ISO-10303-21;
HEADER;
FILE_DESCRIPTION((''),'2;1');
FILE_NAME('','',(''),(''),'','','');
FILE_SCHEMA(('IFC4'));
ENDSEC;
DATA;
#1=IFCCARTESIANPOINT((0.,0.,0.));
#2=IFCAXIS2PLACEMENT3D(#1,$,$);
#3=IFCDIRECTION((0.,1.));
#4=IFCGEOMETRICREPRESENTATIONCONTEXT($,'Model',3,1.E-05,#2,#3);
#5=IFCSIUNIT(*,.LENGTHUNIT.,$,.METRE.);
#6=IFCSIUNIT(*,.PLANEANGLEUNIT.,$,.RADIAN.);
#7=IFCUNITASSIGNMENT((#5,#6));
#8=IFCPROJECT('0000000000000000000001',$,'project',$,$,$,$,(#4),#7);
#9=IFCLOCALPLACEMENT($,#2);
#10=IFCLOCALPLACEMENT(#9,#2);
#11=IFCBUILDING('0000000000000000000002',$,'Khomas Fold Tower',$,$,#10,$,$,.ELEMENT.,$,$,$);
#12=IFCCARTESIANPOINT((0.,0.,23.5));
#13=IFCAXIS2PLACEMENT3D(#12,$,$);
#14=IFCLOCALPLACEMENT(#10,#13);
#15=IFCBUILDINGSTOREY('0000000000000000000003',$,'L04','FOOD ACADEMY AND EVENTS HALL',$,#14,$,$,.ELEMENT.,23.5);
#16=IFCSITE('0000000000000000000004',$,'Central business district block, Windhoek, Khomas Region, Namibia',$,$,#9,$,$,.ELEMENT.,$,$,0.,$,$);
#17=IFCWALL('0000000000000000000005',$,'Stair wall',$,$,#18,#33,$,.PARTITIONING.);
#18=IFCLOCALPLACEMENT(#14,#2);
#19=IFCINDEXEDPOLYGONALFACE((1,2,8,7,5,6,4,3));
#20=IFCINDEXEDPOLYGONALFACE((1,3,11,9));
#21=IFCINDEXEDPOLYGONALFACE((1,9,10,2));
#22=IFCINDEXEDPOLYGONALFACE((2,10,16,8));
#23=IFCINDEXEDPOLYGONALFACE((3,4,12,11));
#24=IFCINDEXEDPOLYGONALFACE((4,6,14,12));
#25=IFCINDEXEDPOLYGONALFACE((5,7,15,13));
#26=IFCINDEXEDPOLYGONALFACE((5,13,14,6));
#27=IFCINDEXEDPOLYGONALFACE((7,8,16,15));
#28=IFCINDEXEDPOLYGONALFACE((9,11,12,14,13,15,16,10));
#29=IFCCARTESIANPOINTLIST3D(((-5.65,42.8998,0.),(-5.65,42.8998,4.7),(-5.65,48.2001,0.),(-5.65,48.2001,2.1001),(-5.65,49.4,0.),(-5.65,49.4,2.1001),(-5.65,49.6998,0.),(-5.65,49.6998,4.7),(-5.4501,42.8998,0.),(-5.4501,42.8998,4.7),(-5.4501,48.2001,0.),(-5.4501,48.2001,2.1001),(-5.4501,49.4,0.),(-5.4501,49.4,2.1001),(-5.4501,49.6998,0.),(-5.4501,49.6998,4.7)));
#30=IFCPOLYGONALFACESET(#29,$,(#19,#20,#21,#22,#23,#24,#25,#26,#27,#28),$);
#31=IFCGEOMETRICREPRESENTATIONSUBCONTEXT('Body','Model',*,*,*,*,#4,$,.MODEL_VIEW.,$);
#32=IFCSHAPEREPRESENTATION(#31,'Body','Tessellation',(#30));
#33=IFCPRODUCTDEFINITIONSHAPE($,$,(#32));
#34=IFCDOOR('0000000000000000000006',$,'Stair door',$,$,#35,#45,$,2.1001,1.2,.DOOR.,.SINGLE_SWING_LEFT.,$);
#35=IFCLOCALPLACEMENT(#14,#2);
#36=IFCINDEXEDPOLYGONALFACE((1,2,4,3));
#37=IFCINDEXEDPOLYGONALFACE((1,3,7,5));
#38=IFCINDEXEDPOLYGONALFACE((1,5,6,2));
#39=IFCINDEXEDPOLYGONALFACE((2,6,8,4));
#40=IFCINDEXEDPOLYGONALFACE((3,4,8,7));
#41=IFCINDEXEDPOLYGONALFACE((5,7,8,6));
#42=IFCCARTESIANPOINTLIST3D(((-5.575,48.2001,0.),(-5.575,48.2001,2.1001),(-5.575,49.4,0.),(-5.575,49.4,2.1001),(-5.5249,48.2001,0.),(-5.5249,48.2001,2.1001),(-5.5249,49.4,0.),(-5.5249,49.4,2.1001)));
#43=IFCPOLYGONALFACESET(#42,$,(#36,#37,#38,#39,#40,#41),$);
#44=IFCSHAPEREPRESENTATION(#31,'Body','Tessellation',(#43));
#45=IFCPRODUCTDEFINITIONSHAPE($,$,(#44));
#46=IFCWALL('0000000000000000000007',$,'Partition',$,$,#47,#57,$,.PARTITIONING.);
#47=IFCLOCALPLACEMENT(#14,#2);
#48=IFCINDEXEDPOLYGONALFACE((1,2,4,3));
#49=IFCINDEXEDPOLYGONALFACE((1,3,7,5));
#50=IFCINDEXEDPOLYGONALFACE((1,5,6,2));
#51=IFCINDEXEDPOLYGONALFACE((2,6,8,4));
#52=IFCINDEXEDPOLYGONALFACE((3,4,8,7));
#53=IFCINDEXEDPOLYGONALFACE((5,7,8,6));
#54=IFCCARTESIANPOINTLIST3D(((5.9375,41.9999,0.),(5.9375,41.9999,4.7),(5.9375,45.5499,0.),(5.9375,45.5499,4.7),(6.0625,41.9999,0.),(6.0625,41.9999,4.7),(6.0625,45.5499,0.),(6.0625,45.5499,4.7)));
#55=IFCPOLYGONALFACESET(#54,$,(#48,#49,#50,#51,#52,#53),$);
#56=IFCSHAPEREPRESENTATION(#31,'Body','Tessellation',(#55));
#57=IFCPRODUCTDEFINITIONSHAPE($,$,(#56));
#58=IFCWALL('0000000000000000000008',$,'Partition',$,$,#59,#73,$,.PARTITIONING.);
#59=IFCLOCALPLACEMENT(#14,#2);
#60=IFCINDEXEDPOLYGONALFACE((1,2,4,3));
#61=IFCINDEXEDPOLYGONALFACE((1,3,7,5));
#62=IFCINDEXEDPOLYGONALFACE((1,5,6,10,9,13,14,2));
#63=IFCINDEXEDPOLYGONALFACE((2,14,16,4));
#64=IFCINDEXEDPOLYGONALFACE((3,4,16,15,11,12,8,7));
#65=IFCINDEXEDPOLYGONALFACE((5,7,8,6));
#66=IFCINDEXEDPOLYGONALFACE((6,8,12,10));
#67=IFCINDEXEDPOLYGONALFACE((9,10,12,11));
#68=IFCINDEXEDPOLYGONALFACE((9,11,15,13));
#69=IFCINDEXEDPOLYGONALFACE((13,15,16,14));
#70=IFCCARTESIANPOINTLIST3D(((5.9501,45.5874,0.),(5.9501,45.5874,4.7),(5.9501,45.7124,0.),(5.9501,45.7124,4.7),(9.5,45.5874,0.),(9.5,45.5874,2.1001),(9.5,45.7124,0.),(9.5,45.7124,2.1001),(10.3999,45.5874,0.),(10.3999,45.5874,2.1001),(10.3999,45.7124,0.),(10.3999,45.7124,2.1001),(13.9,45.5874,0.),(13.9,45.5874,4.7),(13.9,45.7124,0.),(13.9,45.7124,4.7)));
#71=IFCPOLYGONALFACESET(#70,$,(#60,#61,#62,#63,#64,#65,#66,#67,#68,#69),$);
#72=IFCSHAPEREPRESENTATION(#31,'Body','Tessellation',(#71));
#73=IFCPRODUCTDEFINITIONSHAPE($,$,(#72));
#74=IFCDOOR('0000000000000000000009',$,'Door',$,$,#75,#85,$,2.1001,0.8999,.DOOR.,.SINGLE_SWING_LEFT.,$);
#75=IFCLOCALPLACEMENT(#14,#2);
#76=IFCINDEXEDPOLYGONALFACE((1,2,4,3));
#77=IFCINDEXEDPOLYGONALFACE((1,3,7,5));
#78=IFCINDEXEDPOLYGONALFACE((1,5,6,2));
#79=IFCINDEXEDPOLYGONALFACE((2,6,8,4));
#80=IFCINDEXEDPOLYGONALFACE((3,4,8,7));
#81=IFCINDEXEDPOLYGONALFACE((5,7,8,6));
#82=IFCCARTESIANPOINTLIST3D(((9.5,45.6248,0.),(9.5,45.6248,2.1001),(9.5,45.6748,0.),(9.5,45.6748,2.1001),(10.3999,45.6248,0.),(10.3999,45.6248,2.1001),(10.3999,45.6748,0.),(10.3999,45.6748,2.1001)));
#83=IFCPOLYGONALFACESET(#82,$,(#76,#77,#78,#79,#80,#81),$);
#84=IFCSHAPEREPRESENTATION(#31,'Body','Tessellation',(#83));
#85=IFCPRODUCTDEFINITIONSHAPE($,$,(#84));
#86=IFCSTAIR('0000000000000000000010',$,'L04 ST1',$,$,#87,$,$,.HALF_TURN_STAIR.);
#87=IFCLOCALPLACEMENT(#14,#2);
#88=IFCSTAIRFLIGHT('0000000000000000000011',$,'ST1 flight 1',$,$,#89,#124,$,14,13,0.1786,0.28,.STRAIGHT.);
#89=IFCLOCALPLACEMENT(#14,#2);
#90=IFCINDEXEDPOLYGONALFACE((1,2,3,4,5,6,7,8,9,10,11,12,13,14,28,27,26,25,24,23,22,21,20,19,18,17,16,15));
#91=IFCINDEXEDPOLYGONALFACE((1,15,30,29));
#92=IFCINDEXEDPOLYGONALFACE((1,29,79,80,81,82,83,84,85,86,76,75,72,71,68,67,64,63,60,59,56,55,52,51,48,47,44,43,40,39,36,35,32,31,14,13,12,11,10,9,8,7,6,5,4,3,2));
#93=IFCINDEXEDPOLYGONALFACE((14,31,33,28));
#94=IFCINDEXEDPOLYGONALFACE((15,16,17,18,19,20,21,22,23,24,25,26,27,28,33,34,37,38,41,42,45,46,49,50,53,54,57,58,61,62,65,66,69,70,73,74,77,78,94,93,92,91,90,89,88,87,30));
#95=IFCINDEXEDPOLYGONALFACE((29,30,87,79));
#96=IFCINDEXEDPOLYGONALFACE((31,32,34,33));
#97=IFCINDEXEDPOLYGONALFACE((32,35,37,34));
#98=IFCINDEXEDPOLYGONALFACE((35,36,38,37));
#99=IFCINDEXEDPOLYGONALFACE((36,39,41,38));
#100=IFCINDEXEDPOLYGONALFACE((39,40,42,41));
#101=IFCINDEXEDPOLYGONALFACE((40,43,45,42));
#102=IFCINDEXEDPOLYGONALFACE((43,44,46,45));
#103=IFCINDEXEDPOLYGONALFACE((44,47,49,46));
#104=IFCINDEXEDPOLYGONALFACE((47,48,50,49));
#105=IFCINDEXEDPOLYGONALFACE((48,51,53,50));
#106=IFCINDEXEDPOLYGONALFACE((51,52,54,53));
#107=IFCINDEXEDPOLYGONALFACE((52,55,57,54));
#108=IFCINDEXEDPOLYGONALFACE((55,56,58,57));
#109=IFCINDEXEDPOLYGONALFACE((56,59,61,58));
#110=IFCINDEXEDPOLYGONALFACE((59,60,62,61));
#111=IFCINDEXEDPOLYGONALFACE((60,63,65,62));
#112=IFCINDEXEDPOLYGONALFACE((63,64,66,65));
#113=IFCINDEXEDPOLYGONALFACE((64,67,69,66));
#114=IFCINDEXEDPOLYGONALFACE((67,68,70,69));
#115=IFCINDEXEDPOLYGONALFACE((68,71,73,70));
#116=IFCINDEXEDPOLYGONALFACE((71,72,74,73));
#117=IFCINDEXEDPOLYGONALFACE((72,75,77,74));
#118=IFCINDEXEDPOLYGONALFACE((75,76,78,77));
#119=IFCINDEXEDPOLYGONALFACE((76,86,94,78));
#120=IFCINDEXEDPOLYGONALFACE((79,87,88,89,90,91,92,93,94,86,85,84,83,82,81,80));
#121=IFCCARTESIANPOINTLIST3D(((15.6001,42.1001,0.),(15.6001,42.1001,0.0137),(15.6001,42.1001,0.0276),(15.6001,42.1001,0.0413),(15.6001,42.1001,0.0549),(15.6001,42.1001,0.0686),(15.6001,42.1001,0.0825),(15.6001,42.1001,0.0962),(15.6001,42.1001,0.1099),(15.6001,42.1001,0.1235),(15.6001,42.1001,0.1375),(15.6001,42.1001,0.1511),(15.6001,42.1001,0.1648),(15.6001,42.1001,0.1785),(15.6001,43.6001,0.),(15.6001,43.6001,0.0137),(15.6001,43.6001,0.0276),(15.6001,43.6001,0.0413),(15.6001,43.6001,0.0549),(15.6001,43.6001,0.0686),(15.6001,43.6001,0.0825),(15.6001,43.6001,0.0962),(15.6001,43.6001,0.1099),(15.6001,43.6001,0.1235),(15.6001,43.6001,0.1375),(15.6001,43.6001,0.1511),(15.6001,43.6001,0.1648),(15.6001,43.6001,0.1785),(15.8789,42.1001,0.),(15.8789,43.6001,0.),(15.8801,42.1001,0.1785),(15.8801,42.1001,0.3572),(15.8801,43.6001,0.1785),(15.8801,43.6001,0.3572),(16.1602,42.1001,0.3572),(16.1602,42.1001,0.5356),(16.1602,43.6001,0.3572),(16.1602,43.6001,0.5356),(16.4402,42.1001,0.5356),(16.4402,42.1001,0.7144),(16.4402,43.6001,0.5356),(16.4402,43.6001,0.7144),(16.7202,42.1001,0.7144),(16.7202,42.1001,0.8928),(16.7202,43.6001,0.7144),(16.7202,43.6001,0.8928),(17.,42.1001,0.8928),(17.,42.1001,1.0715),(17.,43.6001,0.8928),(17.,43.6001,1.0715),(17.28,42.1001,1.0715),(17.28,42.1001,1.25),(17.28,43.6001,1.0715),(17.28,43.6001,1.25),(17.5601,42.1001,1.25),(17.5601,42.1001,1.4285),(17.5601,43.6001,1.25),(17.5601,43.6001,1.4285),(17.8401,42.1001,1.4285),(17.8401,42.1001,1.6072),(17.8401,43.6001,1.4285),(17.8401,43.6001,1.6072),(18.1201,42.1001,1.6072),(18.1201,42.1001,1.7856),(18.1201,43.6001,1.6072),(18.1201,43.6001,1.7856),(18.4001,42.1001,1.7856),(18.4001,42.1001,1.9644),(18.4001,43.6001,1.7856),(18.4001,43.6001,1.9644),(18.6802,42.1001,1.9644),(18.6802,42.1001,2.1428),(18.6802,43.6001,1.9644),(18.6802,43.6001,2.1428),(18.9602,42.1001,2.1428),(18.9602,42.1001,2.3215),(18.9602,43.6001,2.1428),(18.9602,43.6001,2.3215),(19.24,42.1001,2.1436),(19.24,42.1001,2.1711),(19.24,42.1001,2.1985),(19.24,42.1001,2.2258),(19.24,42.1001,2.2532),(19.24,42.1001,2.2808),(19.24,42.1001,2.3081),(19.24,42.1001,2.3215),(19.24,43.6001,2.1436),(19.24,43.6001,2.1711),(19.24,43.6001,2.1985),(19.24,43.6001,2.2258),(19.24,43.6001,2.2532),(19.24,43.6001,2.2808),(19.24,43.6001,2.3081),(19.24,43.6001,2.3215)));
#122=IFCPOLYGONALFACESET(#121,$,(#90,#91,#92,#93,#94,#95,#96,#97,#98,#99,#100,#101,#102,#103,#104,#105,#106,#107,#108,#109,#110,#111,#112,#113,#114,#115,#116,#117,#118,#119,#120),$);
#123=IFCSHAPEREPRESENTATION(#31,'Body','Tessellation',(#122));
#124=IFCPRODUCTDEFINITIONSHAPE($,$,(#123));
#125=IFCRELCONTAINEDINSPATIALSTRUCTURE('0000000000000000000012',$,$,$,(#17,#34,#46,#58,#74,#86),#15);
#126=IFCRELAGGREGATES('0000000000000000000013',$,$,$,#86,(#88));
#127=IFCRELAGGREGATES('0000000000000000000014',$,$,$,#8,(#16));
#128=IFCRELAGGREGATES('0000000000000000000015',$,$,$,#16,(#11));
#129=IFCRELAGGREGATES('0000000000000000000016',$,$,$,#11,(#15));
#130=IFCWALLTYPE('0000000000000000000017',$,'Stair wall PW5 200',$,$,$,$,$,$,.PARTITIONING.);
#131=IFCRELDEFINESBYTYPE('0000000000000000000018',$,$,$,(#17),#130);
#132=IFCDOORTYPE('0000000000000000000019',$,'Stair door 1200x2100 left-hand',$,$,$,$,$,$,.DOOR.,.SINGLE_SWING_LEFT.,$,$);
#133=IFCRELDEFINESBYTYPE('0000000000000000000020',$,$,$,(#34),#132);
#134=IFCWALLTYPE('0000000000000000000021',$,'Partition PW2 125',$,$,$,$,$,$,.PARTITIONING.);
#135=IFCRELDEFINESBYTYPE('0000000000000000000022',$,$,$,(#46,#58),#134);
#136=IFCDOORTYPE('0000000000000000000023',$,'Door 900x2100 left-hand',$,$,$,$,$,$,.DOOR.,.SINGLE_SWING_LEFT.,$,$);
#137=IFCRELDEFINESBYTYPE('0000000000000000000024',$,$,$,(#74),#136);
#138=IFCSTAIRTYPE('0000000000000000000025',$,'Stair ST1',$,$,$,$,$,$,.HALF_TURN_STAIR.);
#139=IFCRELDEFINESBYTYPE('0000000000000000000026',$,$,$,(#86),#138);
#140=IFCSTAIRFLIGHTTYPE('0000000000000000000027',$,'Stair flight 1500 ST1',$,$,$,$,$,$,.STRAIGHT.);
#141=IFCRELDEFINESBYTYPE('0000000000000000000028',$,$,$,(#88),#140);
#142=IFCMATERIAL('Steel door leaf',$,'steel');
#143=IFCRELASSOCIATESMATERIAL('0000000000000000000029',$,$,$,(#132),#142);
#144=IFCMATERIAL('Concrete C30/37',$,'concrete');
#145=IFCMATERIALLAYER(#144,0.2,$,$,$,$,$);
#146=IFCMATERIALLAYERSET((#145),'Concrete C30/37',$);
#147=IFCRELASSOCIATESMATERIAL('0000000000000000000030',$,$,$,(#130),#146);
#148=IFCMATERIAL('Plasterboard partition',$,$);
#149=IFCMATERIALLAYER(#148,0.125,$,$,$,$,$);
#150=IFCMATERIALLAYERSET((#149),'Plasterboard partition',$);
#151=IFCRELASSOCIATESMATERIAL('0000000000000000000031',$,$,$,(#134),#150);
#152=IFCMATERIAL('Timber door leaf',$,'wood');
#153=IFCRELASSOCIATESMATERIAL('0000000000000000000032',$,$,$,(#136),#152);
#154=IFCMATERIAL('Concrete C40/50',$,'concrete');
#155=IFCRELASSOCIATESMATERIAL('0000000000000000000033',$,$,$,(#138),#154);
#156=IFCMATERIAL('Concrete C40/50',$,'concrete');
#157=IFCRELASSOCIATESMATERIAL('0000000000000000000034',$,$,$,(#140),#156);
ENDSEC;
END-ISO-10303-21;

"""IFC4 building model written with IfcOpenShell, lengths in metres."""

from ifc_helpers import new_model, si_unit, direction, frame, frame_2d, origin, place, context, subcontext, project, spatial, polyline, rectangle, outline, extrude, source, transform, mapped, material, layer, layer_set, type_object, element, fill, aggregate, save


model = new_model("IFC4")

# Units and contexts
model_context = context("Model", 3, precision=1e-05, world=origin(), true_north=direction((0.0, 1.0)))
body_context = subcontext(model_context, "Body", "Model", "MODEL_VIEW")
ifc_project = project(units=[si_unit("LENGTHUNIT", "METRE"), si_unit("PLANEANGLEUNIT", "RADIAN")], contexts=[model_context])

# Site, building, storey
site_placement = place(None, origin())
site = spatial("IfcSite", under=ifc_project, at=site_placement, Name="Central business district block, Windhoek, Khomas Region, Namibia", CompositionType="ELEMENT", RefElevation=0.0)
building_placement = place(site_placement, origin())
building = spatial("IfcBuilding", under=site, at=building_placement, Name="Khomas Fold Tower", CompositionType="ELEMENT")
storey_placement = place(building_placement, frame((0.0, 0.0, 23.5)))
storey = spatial("IfcBuildingStorey", under=building, at=storey_placement, Name="L04", Description="FOOD ACADEMY AND EVENTS HALL", CompositionType="ELEMENT", Elevation=23.5)

# Shared definitions
shared_shape_1 = source(origin(), body_context, "Body", "SweptSolid", [
    extrude(rectangle(XDim=1.2, YDim=2.1001, at=frame_2d((0.6001, 1.05))), frame((0.0, 0.1099, 0.0), z_axis=(0.0, -1.0, 0.0), x_axis=(1.0, 0.0, 0.0)), (0.0, 0.0, 1.0), 0.22),
])
ifc_material_1 = material(Name="Steel door leaf", Category="steel")
door_type_1 = type_object("IfcDoorType", Name="Stair door 1200x2100 left-hand", OperationType="SINGLE_SWING_LEFT", PredefinedType="DOOR", material=ifc_material_1)
shared_shape_2 = source(origin(), body_context, "Body", "SweptSolid", [
    extrude(rectangle(XDim=1.2, YDim=2.1001, at=frame_2d((0.6001, 1.05))), frame((0.0, 0.0249, 0.0), z_axis=(0.0, -1.0, 0.0), x_axis=(1.0, 0.0, 0.0)), (0.0, 0.0, 1.0), 0.05),
])

# Wall, opening, door
ifc_material_2 = material(Name="Concrete C30/37", Category="concrete")
ifc_layer_1 = layer(ifc_material_2, 0.2)
ifc_layer_set_1 = layer_set([ifc_layer_1], Name="Concrete C30/37")
wall_type_1 = type_object("IfcWallType", Name="Stair wall PW5 200", PredefinedType="PARTITIONING", material=ifc_layer_set_1)
shared_shape_3 = source(origin(), body_context, "Body", "SweptSolid", [
    extrude(rectangle(XDim=6.8, YDim=0.2, at=frame_2d((3.3999, 0.0))), origin(), (0.0, 0.0, 1.0), 4.7),
])
wall_1_placement = place(storey_placement, frame((-5.55, 42.8999, 0.0), z_axis=(0.0, 0.0, 1.0), x_axis=(0.0, 1.0, 0.0)))
wall_1 = element("IfcWall", 1, at=wall_1_placement, inside=storey, type_object=wall_type_1, Name="Stair wall", PredefinedType="PARTITIONING", context=body_context, shape_type="MappedRepresentation", body=[
    mapped(shared_shape_3, transform((0.0, 0.0, 0.0))),
])
opening_1_placement = place(wall_1_placement, frame((5.3, 0.0, 0.0)))
opening_1 = element("IfcOpeningElement", 2, at=opening_1_placement, cuts=wall_1, PredefinedType="OPENING", context=body_context, shape_type="MappedRepresentation", body=[
    mapped(shared_shape_1, transform((0.0, 0.0, 0.0))),
])
door_1_placement = place(opening_1_placement, origin())
door_1 = element("IfcDoor", 3, at=door_1_placement, inside=storey, type_object=door_type_1, Name="Stair door", OperationType="SINGLE_SWING_LEFT", OverallHeight=2.1001, OverallWidth=1.2, PredefinedType="DOOR", context=body_context, shape_type="MappedRepresentation", body=[
    mapped(shared_shape_2, transform((0.0, 0.0, 0.0))),
])
fill(opening_1, door_1)

# Wall
ifc_material_3 = material(Name="Plasterboard partition")
ifc_layer_2 = layer(ifc_material_3, 0.125)
ifc_layer_set_2 = layer_set([ifc_layer_2], Name="Plasterboard partition")
wall_type_2 = type_object("IfcWallType", Name="Partition PW2 125", PredefinedType="PARTITIONING", material=ifc_layer_set_2)
shared_shape_4 = source(origin(), body_context, "Body", "SweptSolid", [
    extrude(rectangle(XDim=3.55, YDim=0.125, at=frame_2d((1.7749, 0.0))), origin(), (0.0, 0.0, 1.0), 4.7),
])
wall_2_placement = place(storey_placement, frame((6.0, 42.0, 0.0), z_axis=(0.0, 0.0, 1.0), x_axis=(0.0, 1.0, 0.0)))
element("IfcWall", 4, at=wall_2_placement, inside=storey, type_object=wall_type_2, Name="Partition", PredefinedType="PARTITIONING", context=body_context, shape_type="MappedRepresentation", body=[
    mapped(shared_shape_4, transform((0.0, 0.0, 0.0))),
])

# Wall, opening, door
shared_shape_5 = source(origin(), body_context, "Body", "SweptSolid", [
    extrude(rectangle(XDim=7.95, YDim=0.125, at=frame_2d((3.9751, 0.0))), origin(), (0.0, 0.0, 1.0), 4.7),
])
wall_3_placement = place(storey_placement, frame((5.95, 45.6499, 0.0), z_axis=(0.0, 0.0, 1.0), x_axis=(1.0, 0.0, 0.0)))
wall_3 = element("IfcWall", 5, at=wall_3_placement, inside=storey, type_object=wall_type_2, Name="Partition", PredefinedType="PARTITIONING", context=body_context, shape_type="MappedRepresentation", body=[
    mapped(shared_shape_5, transform((0.0, 0.0, 0.0))),
])
shared_shape_6 = source(origin(), body_context, "Body", "SweptSolid", [
    extrude(rectangle(XDim=0.8999, YDim=2.1001, at=frame_2d((0.45, 1.05))), frame((0.0, 0.0725, 0.0), z_axis=(0.0, -1.0, 0.0), x_axis=(1.0, 0.0, 0.0)), (0.0, 0.0, 1.0), 0.145),
])
opening_2_placement = place(wall_3_placement, frame((3.55, 0.0, 0.0)))
opening_2 = element("IfcOpeningElement", 6, at=opening_2_placement, cuts=wall_3, PredefinedType="OPENING", context=body_context, shape_type="MappedRepresentation", body=[
    mapped(shared_shape_6, transform((0.0, 0.0, 0.0))),
])
ifc_material_4 = material(Name="Timber door leaf", Category="wood")
door_type_2 = type_object("IfcDoorType", Name="Door 900x2100 left-hand", OperationType="SINGLE_SWING_LEFT", PredefinedType="DOOR", material=ifc_material_4)
shared_shape_7 = source(origin(), body_context, "Body", "SweptSolid", [
    extrude(rectangle(XDim=0.8999, YDim=2.1001, at=frame_2d((0.45, 1.05))), frame((0.0, 0.0249, 0.0), z_axis=(0.0, -1.0, 0.0), x_axis=(1.0, 0.0, 0.0)), (0.0, 0.0, 1.0), 0.05),
])
door_2_placement = place(opening_2_placement, origin())
door_2 = element("IfcDoor", 7, at=door_2_placement, inside=storey, type_object=door_type_2, Name="Door", OperationType="SINGLE_SWING_LEFT", OverallHeight=2.1001, OverallWidth=0.8999, PredefinedType="DOOR", context=body_context, shape_type="MappedRepresentation", body=[
    mapped(shared_shape_7, transform((0.0, 0.0, 0.0))),
])
fill(opening_2, door_2)

# Stair, stair flight
ifc_material_5 = material(Name="Concrete C40/50", Category="concrete")
stair_type = type_object("IfcStairType", Name="Stair ST1", PredefinedType="HALF_TURN_STAIR", material=ifc_material_5)
stair_placement = place(storey_placement, origin())
stair = element("IfcStair", 8, at=stair_placement, inside=storey, type_object=stair_type, Name="L04 ST1", PredefinedType="HALF_TURN_STAIR")
ifc_material_6 = material(Name="Concrete C40/50", Category="concrete")
stair_flight_type = type_object("IfcStairFlightType", Name="Stair flight 1500 ST1", PredefinedType="STRAIGHT", material=ifc_material_6)
shared_shape_8 = source(origin(), body_context, "Body", "SweptSolid", [
    extrude(outline(polyline([(0.0, 0.0), (0.0, 0.0137), (0.0, 0.0276), (0.0, 0.0413), (0.0, 0.0549), (0.0, 0.0686), (0.0, 0.0825), (0.0, 0.0962), (0.0, 0.1099), (0.0, 0.1235), (0.0, 0.1375), (0.0, 0.1511), (0.0, 0.1648), (0.0, 0.1785), (0.28, 0.1785), (0.28, 0.3572), (0.5601, 0.3572), (0.5601, 0.5356), (0.8401, 0.5356), (0.8401, 0.7144), (1.1201, 0.7144), (1.1201, 0.8928), (1.3999, 0.8928), (1.3999, 1.0715), (1.6799, 1.0715), (1.6799, 1.25), (1.96, 1.25), (1.96, 1.4285), (2.24, 1.4285), (2.24, 1.6072), (2.52, 1.6072), (2.52, 1.7856), (2.8, 1.7856), (2.8, 1.9644), (3.0801, 1.9644), (3.0801, 2.1428), (3.3601, 2.1428), (3.3601, 2.3215), (3.6399, 2.3215), (3.6399, 2.5), (3.6399, 2.4727), (3.6399, 2.4451), (3.6399, 2.4177), (3.6399, 2.3904), (3.6399, 2.363), (3.6399, 2.3354), (3.6399, 2.3081), (3.6399, 2.2808), (3.6399, 2.2532), (3.6399, 2.2258), (3.6399, 2.1985), (3.6399, 2.1711), (3.6399, 2.1436), (0.2788, 0.0), (0.0, 0.0)])), frame((0.0, 0.75, 0.0), z_axis=(0.0, -1.0, 0.0), x_axis=(1.0, 0.0, 0.0)), (0.0, 0.0, 1.0), 1.5),
])
stair_flight_placement = place(storey_placement, frame((15.6001, 42.8501, 0.0), z_axis=(0.0, 0.0, 1.0), x_axis=(1.0, 0.0, 0.0)))
stair_flight = element("IfcStairFlight", 9, at=stair_flight_placement, type_object=stair_flight_type, Name="ST1 flight 1", NumberOfRisers=14, NumberOfTreads=13, PredefinedType="STRAIGHT", RiserHeight=0.1786, TreadLength=0.28, context=body_context, shape_type="MappedRepresentation", body=[
    mapped(shared_shape_8, transform((0.0, 0.0, 0.0))),
])
aggregate(stair, [stair_flight])

save(model, "model.ifc")
